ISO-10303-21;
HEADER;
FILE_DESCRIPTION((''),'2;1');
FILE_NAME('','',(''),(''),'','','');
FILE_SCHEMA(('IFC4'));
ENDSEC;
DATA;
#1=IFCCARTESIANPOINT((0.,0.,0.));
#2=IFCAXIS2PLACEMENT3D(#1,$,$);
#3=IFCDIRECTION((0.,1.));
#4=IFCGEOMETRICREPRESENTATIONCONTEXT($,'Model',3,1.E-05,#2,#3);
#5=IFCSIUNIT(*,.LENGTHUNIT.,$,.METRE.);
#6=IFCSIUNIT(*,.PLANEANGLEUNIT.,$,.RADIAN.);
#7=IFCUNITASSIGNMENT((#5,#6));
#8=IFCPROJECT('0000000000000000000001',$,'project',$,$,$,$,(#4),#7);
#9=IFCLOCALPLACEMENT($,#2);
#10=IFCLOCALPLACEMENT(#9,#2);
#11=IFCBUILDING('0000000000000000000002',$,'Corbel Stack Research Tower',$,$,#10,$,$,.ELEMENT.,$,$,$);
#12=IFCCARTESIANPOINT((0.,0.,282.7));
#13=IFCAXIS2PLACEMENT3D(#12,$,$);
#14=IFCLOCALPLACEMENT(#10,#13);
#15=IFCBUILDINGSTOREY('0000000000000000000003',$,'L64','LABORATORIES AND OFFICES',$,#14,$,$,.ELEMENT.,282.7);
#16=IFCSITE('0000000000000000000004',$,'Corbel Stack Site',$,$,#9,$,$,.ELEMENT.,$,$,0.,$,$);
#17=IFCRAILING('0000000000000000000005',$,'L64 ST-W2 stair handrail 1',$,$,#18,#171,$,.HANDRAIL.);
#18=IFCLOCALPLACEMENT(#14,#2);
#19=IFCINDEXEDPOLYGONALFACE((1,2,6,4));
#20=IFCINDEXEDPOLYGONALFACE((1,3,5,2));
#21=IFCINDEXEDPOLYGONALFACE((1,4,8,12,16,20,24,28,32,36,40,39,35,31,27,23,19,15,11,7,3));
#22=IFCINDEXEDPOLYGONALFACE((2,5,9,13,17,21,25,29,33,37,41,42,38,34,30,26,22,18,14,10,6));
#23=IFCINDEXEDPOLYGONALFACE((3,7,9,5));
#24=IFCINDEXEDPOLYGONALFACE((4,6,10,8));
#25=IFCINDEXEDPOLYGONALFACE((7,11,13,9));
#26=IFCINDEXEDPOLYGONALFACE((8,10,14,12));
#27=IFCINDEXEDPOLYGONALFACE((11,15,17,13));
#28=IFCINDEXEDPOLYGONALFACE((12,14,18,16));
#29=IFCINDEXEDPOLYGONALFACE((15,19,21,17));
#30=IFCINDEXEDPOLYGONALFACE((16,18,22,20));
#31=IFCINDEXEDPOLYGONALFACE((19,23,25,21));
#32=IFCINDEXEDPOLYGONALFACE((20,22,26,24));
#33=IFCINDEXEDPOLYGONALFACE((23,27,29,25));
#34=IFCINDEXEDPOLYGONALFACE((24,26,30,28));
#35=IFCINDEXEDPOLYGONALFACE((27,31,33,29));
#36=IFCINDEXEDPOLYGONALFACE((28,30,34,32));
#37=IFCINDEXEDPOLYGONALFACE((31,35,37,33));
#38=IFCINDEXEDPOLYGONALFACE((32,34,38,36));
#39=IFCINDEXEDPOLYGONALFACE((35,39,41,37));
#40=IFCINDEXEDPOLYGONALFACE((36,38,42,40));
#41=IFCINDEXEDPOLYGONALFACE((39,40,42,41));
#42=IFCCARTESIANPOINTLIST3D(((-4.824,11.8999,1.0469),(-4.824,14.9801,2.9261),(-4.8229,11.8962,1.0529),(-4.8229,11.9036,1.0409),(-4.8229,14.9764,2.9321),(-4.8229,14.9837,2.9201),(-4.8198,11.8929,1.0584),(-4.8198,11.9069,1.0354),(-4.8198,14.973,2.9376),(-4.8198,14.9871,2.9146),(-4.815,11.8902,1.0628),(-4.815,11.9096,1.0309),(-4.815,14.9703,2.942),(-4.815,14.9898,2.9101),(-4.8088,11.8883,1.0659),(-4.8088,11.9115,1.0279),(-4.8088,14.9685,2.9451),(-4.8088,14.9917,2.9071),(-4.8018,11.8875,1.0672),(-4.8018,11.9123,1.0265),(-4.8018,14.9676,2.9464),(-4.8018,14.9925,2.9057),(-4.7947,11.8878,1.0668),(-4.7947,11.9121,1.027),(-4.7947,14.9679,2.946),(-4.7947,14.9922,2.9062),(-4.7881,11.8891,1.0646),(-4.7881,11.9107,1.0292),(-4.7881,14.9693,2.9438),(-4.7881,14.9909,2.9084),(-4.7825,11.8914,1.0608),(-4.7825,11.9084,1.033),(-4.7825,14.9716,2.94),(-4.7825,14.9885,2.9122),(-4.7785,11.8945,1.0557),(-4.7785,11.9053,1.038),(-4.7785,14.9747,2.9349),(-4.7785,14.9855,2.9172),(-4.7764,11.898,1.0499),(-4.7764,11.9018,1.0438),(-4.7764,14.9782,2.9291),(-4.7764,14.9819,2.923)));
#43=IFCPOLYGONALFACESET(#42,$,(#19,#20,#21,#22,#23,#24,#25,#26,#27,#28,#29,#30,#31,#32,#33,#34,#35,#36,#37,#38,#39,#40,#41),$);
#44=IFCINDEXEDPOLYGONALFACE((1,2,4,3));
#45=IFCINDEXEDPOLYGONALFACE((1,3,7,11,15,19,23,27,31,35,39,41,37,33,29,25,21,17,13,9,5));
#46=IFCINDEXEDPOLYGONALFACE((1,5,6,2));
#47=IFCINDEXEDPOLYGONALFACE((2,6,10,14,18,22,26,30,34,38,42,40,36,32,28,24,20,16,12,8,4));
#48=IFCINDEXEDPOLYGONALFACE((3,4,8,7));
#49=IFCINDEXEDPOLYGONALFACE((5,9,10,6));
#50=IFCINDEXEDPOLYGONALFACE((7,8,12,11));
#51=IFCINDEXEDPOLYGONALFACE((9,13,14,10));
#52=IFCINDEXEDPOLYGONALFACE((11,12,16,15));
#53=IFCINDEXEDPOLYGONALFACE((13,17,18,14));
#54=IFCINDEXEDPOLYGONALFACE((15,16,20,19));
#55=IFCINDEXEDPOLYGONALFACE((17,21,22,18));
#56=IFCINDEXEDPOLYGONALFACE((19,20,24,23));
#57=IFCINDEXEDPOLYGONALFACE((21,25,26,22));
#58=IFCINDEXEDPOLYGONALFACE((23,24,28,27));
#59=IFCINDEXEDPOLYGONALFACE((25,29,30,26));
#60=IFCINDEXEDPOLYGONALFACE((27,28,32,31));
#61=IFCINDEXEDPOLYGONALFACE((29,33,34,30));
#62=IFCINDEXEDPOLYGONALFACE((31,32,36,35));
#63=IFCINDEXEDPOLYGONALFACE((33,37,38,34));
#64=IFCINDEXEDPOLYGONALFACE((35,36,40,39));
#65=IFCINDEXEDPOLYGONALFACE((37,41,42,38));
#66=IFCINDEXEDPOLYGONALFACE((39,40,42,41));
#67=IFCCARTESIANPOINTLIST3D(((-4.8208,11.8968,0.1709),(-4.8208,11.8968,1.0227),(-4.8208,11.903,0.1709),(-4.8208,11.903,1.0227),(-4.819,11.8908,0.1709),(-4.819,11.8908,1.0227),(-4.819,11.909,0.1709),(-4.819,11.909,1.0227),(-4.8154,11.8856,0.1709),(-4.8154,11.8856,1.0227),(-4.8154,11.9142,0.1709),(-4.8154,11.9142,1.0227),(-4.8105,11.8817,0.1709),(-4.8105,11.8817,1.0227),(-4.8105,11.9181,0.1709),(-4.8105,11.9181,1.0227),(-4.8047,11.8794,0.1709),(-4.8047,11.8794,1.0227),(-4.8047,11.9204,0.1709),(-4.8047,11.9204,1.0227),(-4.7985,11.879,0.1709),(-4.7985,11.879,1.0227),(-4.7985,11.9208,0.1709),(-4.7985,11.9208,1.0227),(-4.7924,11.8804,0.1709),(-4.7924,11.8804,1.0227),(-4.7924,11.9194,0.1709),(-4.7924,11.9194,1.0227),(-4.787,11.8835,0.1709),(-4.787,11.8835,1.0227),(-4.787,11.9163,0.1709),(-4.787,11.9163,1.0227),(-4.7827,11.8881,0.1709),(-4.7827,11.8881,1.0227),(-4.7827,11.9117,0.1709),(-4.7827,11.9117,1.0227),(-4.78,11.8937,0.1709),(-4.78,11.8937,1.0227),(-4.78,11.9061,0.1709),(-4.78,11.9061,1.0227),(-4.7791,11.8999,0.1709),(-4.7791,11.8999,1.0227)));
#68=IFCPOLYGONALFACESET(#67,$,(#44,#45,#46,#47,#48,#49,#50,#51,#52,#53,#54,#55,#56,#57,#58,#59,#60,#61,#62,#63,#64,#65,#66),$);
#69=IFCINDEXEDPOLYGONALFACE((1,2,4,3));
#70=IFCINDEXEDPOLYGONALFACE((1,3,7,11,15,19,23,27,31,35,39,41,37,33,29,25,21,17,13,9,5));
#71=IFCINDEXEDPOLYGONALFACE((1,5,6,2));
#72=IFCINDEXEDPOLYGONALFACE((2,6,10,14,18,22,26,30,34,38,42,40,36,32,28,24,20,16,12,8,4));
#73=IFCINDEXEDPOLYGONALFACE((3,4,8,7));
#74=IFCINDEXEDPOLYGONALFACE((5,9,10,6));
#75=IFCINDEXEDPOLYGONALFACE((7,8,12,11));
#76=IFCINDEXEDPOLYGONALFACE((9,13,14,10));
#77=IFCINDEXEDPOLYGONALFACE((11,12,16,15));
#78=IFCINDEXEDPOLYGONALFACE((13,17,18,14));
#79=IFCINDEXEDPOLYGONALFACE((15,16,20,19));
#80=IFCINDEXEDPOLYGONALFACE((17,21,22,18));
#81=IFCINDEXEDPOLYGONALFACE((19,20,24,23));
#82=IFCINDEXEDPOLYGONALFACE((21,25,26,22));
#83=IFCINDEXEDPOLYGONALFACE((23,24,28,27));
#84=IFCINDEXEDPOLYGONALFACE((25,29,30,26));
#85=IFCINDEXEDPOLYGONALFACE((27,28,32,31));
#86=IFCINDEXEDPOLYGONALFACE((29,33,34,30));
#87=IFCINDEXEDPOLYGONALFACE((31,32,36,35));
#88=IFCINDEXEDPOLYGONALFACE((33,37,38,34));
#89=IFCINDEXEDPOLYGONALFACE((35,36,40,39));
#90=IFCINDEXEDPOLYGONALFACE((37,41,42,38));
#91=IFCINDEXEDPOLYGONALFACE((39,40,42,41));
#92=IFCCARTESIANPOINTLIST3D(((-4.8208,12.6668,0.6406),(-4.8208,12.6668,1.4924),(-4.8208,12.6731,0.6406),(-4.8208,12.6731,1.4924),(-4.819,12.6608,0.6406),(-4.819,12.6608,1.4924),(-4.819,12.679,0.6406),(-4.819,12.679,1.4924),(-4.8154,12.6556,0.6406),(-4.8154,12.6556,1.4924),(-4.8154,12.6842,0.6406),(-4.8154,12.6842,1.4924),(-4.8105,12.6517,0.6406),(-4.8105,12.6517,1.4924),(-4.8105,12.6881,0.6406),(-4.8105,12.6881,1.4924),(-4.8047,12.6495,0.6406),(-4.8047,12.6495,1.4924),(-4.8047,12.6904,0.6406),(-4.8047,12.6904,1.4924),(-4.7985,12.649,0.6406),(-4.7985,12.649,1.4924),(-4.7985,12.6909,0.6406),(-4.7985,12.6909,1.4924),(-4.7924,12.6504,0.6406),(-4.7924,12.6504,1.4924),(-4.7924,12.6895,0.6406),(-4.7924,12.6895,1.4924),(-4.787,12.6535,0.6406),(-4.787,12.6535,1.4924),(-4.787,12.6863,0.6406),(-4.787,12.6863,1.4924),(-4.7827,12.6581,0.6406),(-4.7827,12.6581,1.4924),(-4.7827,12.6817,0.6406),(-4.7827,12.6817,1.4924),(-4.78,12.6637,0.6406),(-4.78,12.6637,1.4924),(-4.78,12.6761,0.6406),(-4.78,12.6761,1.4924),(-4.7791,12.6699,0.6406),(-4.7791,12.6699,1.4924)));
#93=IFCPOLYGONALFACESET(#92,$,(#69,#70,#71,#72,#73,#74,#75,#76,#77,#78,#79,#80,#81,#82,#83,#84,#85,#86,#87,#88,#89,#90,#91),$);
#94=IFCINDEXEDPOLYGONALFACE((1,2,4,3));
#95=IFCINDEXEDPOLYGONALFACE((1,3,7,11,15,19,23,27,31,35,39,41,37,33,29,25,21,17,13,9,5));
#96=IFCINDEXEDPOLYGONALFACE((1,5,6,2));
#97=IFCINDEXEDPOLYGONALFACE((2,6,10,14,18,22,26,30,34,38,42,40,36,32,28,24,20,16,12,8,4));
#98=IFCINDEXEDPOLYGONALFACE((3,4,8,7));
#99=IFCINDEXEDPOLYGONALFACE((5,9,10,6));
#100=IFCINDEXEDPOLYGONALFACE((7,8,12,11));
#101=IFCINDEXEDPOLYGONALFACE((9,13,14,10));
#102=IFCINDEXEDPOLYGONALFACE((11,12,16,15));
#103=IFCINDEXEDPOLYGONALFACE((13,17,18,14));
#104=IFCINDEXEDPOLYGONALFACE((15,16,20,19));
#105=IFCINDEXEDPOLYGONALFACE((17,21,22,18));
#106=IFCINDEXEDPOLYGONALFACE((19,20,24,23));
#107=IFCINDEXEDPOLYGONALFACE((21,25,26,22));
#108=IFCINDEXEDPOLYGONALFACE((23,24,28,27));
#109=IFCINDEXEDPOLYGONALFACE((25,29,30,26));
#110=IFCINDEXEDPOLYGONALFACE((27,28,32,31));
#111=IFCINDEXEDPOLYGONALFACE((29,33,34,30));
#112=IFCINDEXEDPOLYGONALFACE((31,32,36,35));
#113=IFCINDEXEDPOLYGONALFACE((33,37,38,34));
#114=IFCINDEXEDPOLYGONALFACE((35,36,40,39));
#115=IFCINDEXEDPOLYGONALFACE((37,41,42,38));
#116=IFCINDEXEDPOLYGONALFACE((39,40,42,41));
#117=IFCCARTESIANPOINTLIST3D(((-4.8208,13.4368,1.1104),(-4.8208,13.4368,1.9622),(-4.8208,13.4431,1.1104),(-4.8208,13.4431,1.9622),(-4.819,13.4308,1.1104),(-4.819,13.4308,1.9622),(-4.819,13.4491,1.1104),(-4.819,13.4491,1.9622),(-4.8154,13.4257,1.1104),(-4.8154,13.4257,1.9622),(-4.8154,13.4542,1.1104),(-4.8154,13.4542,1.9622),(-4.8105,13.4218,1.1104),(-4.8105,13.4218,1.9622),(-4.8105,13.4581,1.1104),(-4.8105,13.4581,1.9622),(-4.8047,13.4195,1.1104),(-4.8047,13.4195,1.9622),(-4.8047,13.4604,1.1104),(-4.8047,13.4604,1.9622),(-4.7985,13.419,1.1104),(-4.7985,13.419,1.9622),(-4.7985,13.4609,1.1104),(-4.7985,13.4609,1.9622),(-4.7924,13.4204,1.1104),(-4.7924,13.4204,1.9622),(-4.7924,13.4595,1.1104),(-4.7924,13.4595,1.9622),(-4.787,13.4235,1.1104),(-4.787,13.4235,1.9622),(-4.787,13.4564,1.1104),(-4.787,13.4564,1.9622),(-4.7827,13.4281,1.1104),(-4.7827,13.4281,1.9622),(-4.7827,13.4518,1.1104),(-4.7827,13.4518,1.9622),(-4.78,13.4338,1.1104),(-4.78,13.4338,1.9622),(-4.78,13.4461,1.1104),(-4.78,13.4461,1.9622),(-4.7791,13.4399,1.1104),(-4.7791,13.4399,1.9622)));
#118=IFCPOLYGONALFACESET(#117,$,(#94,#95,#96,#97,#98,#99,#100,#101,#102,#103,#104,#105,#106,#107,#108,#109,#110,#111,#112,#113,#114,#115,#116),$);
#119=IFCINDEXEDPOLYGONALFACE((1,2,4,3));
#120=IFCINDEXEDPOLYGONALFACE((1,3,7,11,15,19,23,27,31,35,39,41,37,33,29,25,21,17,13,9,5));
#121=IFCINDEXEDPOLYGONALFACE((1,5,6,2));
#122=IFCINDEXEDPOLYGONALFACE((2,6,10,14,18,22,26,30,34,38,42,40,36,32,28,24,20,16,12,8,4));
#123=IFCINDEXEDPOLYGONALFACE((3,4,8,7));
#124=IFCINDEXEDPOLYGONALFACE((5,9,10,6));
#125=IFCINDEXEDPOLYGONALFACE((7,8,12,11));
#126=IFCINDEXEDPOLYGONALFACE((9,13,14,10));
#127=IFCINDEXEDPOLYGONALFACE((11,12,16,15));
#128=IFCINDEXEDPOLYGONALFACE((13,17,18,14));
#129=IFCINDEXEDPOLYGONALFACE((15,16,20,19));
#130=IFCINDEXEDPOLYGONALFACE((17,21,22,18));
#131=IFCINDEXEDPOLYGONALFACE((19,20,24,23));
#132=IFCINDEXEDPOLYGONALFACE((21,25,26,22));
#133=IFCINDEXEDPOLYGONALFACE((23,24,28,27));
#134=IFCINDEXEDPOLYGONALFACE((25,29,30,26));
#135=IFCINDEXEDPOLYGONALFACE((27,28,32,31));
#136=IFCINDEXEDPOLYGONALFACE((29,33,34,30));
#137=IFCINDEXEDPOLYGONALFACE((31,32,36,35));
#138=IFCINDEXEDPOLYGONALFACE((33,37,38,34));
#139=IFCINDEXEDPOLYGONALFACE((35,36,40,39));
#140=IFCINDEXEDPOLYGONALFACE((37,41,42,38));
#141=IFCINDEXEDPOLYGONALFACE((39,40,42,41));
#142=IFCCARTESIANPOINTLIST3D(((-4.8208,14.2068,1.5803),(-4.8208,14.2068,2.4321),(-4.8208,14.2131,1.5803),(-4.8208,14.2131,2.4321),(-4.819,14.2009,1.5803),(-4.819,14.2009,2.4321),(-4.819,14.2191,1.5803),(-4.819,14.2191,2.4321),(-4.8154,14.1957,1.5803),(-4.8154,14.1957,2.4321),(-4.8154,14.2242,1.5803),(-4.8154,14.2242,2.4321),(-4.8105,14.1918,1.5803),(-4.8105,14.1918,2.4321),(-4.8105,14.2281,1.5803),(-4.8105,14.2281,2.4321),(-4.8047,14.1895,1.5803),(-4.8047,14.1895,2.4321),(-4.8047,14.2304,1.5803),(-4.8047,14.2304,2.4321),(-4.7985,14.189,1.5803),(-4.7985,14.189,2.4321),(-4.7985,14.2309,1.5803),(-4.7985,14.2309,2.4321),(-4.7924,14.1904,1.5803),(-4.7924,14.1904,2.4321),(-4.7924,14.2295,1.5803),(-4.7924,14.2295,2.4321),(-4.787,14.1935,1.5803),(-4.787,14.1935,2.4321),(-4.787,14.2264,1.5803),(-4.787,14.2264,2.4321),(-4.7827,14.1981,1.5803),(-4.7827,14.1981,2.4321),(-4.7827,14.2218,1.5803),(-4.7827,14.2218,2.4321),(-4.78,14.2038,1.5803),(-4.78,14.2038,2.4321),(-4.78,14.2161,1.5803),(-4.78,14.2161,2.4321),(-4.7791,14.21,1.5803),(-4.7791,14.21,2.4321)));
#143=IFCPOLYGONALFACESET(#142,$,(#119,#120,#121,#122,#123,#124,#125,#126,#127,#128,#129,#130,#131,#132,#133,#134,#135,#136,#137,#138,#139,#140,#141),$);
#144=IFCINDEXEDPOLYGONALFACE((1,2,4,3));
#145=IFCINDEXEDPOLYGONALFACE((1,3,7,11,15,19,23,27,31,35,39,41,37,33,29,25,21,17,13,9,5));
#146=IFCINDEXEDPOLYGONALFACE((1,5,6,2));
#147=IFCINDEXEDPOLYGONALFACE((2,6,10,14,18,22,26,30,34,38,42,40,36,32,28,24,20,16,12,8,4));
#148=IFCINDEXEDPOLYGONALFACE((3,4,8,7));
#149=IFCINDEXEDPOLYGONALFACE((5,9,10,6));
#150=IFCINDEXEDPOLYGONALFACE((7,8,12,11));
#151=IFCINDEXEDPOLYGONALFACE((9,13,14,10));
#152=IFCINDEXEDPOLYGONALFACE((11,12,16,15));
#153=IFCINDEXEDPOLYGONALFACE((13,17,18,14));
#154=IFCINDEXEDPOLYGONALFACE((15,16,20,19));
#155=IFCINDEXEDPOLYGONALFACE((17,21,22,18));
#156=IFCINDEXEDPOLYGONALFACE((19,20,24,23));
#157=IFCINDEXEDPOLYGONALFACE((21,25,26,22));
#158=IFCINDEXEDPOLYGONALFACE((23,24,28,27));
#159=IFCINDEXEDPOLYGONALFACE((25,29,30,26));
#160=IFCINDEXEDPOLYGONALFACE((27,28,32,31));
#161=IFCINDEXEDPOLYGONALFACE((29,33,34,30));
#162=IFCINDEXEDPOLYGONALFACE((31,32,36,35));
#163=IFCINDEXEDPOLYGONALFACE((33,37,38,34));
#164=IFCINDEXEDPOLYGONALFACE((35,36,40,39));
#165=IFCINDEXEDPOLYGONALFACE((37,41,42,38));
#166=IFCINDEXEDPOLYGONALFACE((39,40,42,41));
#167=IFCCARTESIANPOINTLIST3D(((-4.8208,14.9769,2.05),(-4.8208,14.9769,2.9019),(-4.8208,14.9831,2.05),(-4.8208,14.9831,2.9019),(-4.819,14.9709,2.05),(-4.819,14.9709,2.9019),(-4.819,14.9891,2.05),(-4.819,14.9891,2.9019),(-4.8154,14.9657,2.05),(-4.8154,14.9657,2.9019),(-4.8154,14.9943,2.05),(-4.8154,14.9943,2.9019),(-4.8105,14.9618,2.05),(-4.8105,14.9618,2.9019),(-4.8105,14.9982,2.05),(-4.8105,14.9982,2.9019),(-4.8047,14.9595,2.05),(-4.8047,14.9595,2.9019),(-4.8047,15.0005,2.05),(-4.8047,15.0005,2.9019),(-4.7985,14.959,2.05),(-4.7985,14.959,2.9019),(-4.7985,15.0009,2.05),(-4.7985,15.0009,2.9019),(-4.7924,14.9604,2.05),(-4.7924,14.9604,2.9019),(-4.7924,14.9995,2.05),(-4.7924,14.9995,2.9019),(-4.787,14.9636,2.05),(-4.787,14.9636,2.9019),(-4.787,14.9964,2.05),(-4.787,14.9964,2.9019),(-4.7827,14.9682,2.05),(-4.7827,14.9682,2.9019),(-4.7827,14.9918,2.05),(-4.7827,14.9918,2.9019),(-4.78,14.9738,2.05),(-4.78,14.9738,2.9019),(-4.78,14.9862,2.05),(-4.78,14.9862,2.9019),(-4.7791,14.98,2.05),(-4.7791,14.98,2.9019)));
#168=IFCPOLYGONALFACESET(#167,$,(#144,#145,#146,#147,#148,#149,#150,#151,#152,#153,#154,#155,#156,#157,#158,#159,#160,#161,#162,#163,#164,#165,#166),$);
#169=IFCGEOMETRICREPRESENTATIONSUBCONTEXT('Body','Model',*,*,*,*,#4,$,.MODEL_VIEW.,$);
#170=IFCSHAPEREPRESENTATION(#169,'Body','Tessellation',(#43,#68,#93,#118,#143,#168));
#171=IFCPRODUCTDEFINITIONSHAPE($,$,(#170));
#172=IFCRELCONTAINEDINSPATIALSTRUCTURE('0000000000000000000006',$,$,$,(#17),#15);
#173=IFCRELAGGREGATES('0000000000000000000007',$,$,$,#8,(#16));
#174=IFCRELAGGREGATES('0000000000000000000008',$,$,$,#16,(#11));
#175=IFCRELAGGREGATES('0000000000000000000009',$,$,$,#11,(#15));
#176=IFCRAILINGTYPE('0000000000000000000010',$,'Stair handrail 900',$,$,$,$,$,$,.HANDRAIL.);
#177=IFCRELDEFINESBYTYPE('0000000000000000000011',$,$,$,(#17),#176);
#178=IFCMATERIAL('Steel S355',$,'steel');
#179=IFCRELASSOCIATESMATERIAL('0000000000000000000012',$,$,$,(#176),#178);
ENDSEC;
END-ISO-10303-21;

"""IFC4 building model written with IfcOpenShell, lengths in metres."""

from ifc_helpers import new_model, si_unit, direction, frame, origin, origin_2d, place, context, subcontext, project, spatial, circle, extrude, material, type_object, element, save


model = new_model("IFC4")

# Units and contexts
model_context = context("Model", 3, precision=1e-05, world=origin(), true_north=direction((0.0, 1.0)))
body_context = subcontext(model_context, "Body", "Model", "MODEL_VIEW")
ifc_project = project(units=[si_unit("LENGTHUNIT", "METRE"), si_unit("PLANEANGLEUNIT", "RADIAN")], contexts=[model_context])

# Site, building, storey
site_placement = place(None, origin())
site = spatial("IfcSite", under=ifc_project, at=site_placement, Name="Corbel Stack Site", CompositionType="ELEMENT", RefElevation=0.0)
building_placement = place(site_placement, origin())
building = spatial("IfcBuilding", under=site, at=building_placement, Name="Corbel Stack Research Tower", CompositionType="ELEMENT")
storey_placement = place(building_placement, frame((0.0, 0.0, 282.7)))
storey = spatial("IfcBuildingStorey", under=building, at=storey_placement, Name="L64", Description="LABORATORIES AND OFFICES", CompositionType="ELEMENT", Elevation=282.7)

# Railing
ifc_material_1 = material(Name="Steel S355", Category="steel")
railing_type_1 = type_object("IfcRailingType", Name="Stair handrail 900", PredefinedType="HANDRAIL", material=ifc_material_1)
railing_1_placement = place(storey_placement, frame((-4.8, 11.8999, 0.1709)))
element("IfcRailing", 1, at=railing_1_placement, inside=storey, type_object=railing_type_1, Name="L64 ST-W2 stair handrail 1", PredefinedType="HANDRAIL", context=body_context, shape_type="SweptSolid", body=[
    extrude(circle(Radius=0.0239, at=origin_2d()), frame((0.0, 0.0, 0.876), z_axis=(0.0, 0.853666, 0.52082), x_axis=(-1.0, 0.0, 0.0)), (0.0, 0.0, 1.0), 3.6082),
    extrude(circle(Radius=0.021, at=origin_2d()), origin(), (0.0, 0.0, 1.0), 0.8518),
    extrude(circle(Radius=0.021, at=origin_2d()), frame((0.0, 0.77, 0.4697)), (0.0, 0.0, 1.0), 0.8518),
    extrude(circle(Radius=0.021, at=origin_2d()), frame((0.0, 1.54, 0.9395)), (0.0, 0.0, 1.0), 0.8518),
    extrude(circle(Radius=0.021, at=origin_2d()), frame((0.0, 2.3101, 1.4094)), (0.0, 0.0, 1.0), 0.8518),
    extrude(circle(Radius=0.021, at=origin_2d()), frame((0.0, 3.0801, 1.8792)), (0.0, 0.0, 1.0), 0.8518),
])

save(model, "model.ifc")
